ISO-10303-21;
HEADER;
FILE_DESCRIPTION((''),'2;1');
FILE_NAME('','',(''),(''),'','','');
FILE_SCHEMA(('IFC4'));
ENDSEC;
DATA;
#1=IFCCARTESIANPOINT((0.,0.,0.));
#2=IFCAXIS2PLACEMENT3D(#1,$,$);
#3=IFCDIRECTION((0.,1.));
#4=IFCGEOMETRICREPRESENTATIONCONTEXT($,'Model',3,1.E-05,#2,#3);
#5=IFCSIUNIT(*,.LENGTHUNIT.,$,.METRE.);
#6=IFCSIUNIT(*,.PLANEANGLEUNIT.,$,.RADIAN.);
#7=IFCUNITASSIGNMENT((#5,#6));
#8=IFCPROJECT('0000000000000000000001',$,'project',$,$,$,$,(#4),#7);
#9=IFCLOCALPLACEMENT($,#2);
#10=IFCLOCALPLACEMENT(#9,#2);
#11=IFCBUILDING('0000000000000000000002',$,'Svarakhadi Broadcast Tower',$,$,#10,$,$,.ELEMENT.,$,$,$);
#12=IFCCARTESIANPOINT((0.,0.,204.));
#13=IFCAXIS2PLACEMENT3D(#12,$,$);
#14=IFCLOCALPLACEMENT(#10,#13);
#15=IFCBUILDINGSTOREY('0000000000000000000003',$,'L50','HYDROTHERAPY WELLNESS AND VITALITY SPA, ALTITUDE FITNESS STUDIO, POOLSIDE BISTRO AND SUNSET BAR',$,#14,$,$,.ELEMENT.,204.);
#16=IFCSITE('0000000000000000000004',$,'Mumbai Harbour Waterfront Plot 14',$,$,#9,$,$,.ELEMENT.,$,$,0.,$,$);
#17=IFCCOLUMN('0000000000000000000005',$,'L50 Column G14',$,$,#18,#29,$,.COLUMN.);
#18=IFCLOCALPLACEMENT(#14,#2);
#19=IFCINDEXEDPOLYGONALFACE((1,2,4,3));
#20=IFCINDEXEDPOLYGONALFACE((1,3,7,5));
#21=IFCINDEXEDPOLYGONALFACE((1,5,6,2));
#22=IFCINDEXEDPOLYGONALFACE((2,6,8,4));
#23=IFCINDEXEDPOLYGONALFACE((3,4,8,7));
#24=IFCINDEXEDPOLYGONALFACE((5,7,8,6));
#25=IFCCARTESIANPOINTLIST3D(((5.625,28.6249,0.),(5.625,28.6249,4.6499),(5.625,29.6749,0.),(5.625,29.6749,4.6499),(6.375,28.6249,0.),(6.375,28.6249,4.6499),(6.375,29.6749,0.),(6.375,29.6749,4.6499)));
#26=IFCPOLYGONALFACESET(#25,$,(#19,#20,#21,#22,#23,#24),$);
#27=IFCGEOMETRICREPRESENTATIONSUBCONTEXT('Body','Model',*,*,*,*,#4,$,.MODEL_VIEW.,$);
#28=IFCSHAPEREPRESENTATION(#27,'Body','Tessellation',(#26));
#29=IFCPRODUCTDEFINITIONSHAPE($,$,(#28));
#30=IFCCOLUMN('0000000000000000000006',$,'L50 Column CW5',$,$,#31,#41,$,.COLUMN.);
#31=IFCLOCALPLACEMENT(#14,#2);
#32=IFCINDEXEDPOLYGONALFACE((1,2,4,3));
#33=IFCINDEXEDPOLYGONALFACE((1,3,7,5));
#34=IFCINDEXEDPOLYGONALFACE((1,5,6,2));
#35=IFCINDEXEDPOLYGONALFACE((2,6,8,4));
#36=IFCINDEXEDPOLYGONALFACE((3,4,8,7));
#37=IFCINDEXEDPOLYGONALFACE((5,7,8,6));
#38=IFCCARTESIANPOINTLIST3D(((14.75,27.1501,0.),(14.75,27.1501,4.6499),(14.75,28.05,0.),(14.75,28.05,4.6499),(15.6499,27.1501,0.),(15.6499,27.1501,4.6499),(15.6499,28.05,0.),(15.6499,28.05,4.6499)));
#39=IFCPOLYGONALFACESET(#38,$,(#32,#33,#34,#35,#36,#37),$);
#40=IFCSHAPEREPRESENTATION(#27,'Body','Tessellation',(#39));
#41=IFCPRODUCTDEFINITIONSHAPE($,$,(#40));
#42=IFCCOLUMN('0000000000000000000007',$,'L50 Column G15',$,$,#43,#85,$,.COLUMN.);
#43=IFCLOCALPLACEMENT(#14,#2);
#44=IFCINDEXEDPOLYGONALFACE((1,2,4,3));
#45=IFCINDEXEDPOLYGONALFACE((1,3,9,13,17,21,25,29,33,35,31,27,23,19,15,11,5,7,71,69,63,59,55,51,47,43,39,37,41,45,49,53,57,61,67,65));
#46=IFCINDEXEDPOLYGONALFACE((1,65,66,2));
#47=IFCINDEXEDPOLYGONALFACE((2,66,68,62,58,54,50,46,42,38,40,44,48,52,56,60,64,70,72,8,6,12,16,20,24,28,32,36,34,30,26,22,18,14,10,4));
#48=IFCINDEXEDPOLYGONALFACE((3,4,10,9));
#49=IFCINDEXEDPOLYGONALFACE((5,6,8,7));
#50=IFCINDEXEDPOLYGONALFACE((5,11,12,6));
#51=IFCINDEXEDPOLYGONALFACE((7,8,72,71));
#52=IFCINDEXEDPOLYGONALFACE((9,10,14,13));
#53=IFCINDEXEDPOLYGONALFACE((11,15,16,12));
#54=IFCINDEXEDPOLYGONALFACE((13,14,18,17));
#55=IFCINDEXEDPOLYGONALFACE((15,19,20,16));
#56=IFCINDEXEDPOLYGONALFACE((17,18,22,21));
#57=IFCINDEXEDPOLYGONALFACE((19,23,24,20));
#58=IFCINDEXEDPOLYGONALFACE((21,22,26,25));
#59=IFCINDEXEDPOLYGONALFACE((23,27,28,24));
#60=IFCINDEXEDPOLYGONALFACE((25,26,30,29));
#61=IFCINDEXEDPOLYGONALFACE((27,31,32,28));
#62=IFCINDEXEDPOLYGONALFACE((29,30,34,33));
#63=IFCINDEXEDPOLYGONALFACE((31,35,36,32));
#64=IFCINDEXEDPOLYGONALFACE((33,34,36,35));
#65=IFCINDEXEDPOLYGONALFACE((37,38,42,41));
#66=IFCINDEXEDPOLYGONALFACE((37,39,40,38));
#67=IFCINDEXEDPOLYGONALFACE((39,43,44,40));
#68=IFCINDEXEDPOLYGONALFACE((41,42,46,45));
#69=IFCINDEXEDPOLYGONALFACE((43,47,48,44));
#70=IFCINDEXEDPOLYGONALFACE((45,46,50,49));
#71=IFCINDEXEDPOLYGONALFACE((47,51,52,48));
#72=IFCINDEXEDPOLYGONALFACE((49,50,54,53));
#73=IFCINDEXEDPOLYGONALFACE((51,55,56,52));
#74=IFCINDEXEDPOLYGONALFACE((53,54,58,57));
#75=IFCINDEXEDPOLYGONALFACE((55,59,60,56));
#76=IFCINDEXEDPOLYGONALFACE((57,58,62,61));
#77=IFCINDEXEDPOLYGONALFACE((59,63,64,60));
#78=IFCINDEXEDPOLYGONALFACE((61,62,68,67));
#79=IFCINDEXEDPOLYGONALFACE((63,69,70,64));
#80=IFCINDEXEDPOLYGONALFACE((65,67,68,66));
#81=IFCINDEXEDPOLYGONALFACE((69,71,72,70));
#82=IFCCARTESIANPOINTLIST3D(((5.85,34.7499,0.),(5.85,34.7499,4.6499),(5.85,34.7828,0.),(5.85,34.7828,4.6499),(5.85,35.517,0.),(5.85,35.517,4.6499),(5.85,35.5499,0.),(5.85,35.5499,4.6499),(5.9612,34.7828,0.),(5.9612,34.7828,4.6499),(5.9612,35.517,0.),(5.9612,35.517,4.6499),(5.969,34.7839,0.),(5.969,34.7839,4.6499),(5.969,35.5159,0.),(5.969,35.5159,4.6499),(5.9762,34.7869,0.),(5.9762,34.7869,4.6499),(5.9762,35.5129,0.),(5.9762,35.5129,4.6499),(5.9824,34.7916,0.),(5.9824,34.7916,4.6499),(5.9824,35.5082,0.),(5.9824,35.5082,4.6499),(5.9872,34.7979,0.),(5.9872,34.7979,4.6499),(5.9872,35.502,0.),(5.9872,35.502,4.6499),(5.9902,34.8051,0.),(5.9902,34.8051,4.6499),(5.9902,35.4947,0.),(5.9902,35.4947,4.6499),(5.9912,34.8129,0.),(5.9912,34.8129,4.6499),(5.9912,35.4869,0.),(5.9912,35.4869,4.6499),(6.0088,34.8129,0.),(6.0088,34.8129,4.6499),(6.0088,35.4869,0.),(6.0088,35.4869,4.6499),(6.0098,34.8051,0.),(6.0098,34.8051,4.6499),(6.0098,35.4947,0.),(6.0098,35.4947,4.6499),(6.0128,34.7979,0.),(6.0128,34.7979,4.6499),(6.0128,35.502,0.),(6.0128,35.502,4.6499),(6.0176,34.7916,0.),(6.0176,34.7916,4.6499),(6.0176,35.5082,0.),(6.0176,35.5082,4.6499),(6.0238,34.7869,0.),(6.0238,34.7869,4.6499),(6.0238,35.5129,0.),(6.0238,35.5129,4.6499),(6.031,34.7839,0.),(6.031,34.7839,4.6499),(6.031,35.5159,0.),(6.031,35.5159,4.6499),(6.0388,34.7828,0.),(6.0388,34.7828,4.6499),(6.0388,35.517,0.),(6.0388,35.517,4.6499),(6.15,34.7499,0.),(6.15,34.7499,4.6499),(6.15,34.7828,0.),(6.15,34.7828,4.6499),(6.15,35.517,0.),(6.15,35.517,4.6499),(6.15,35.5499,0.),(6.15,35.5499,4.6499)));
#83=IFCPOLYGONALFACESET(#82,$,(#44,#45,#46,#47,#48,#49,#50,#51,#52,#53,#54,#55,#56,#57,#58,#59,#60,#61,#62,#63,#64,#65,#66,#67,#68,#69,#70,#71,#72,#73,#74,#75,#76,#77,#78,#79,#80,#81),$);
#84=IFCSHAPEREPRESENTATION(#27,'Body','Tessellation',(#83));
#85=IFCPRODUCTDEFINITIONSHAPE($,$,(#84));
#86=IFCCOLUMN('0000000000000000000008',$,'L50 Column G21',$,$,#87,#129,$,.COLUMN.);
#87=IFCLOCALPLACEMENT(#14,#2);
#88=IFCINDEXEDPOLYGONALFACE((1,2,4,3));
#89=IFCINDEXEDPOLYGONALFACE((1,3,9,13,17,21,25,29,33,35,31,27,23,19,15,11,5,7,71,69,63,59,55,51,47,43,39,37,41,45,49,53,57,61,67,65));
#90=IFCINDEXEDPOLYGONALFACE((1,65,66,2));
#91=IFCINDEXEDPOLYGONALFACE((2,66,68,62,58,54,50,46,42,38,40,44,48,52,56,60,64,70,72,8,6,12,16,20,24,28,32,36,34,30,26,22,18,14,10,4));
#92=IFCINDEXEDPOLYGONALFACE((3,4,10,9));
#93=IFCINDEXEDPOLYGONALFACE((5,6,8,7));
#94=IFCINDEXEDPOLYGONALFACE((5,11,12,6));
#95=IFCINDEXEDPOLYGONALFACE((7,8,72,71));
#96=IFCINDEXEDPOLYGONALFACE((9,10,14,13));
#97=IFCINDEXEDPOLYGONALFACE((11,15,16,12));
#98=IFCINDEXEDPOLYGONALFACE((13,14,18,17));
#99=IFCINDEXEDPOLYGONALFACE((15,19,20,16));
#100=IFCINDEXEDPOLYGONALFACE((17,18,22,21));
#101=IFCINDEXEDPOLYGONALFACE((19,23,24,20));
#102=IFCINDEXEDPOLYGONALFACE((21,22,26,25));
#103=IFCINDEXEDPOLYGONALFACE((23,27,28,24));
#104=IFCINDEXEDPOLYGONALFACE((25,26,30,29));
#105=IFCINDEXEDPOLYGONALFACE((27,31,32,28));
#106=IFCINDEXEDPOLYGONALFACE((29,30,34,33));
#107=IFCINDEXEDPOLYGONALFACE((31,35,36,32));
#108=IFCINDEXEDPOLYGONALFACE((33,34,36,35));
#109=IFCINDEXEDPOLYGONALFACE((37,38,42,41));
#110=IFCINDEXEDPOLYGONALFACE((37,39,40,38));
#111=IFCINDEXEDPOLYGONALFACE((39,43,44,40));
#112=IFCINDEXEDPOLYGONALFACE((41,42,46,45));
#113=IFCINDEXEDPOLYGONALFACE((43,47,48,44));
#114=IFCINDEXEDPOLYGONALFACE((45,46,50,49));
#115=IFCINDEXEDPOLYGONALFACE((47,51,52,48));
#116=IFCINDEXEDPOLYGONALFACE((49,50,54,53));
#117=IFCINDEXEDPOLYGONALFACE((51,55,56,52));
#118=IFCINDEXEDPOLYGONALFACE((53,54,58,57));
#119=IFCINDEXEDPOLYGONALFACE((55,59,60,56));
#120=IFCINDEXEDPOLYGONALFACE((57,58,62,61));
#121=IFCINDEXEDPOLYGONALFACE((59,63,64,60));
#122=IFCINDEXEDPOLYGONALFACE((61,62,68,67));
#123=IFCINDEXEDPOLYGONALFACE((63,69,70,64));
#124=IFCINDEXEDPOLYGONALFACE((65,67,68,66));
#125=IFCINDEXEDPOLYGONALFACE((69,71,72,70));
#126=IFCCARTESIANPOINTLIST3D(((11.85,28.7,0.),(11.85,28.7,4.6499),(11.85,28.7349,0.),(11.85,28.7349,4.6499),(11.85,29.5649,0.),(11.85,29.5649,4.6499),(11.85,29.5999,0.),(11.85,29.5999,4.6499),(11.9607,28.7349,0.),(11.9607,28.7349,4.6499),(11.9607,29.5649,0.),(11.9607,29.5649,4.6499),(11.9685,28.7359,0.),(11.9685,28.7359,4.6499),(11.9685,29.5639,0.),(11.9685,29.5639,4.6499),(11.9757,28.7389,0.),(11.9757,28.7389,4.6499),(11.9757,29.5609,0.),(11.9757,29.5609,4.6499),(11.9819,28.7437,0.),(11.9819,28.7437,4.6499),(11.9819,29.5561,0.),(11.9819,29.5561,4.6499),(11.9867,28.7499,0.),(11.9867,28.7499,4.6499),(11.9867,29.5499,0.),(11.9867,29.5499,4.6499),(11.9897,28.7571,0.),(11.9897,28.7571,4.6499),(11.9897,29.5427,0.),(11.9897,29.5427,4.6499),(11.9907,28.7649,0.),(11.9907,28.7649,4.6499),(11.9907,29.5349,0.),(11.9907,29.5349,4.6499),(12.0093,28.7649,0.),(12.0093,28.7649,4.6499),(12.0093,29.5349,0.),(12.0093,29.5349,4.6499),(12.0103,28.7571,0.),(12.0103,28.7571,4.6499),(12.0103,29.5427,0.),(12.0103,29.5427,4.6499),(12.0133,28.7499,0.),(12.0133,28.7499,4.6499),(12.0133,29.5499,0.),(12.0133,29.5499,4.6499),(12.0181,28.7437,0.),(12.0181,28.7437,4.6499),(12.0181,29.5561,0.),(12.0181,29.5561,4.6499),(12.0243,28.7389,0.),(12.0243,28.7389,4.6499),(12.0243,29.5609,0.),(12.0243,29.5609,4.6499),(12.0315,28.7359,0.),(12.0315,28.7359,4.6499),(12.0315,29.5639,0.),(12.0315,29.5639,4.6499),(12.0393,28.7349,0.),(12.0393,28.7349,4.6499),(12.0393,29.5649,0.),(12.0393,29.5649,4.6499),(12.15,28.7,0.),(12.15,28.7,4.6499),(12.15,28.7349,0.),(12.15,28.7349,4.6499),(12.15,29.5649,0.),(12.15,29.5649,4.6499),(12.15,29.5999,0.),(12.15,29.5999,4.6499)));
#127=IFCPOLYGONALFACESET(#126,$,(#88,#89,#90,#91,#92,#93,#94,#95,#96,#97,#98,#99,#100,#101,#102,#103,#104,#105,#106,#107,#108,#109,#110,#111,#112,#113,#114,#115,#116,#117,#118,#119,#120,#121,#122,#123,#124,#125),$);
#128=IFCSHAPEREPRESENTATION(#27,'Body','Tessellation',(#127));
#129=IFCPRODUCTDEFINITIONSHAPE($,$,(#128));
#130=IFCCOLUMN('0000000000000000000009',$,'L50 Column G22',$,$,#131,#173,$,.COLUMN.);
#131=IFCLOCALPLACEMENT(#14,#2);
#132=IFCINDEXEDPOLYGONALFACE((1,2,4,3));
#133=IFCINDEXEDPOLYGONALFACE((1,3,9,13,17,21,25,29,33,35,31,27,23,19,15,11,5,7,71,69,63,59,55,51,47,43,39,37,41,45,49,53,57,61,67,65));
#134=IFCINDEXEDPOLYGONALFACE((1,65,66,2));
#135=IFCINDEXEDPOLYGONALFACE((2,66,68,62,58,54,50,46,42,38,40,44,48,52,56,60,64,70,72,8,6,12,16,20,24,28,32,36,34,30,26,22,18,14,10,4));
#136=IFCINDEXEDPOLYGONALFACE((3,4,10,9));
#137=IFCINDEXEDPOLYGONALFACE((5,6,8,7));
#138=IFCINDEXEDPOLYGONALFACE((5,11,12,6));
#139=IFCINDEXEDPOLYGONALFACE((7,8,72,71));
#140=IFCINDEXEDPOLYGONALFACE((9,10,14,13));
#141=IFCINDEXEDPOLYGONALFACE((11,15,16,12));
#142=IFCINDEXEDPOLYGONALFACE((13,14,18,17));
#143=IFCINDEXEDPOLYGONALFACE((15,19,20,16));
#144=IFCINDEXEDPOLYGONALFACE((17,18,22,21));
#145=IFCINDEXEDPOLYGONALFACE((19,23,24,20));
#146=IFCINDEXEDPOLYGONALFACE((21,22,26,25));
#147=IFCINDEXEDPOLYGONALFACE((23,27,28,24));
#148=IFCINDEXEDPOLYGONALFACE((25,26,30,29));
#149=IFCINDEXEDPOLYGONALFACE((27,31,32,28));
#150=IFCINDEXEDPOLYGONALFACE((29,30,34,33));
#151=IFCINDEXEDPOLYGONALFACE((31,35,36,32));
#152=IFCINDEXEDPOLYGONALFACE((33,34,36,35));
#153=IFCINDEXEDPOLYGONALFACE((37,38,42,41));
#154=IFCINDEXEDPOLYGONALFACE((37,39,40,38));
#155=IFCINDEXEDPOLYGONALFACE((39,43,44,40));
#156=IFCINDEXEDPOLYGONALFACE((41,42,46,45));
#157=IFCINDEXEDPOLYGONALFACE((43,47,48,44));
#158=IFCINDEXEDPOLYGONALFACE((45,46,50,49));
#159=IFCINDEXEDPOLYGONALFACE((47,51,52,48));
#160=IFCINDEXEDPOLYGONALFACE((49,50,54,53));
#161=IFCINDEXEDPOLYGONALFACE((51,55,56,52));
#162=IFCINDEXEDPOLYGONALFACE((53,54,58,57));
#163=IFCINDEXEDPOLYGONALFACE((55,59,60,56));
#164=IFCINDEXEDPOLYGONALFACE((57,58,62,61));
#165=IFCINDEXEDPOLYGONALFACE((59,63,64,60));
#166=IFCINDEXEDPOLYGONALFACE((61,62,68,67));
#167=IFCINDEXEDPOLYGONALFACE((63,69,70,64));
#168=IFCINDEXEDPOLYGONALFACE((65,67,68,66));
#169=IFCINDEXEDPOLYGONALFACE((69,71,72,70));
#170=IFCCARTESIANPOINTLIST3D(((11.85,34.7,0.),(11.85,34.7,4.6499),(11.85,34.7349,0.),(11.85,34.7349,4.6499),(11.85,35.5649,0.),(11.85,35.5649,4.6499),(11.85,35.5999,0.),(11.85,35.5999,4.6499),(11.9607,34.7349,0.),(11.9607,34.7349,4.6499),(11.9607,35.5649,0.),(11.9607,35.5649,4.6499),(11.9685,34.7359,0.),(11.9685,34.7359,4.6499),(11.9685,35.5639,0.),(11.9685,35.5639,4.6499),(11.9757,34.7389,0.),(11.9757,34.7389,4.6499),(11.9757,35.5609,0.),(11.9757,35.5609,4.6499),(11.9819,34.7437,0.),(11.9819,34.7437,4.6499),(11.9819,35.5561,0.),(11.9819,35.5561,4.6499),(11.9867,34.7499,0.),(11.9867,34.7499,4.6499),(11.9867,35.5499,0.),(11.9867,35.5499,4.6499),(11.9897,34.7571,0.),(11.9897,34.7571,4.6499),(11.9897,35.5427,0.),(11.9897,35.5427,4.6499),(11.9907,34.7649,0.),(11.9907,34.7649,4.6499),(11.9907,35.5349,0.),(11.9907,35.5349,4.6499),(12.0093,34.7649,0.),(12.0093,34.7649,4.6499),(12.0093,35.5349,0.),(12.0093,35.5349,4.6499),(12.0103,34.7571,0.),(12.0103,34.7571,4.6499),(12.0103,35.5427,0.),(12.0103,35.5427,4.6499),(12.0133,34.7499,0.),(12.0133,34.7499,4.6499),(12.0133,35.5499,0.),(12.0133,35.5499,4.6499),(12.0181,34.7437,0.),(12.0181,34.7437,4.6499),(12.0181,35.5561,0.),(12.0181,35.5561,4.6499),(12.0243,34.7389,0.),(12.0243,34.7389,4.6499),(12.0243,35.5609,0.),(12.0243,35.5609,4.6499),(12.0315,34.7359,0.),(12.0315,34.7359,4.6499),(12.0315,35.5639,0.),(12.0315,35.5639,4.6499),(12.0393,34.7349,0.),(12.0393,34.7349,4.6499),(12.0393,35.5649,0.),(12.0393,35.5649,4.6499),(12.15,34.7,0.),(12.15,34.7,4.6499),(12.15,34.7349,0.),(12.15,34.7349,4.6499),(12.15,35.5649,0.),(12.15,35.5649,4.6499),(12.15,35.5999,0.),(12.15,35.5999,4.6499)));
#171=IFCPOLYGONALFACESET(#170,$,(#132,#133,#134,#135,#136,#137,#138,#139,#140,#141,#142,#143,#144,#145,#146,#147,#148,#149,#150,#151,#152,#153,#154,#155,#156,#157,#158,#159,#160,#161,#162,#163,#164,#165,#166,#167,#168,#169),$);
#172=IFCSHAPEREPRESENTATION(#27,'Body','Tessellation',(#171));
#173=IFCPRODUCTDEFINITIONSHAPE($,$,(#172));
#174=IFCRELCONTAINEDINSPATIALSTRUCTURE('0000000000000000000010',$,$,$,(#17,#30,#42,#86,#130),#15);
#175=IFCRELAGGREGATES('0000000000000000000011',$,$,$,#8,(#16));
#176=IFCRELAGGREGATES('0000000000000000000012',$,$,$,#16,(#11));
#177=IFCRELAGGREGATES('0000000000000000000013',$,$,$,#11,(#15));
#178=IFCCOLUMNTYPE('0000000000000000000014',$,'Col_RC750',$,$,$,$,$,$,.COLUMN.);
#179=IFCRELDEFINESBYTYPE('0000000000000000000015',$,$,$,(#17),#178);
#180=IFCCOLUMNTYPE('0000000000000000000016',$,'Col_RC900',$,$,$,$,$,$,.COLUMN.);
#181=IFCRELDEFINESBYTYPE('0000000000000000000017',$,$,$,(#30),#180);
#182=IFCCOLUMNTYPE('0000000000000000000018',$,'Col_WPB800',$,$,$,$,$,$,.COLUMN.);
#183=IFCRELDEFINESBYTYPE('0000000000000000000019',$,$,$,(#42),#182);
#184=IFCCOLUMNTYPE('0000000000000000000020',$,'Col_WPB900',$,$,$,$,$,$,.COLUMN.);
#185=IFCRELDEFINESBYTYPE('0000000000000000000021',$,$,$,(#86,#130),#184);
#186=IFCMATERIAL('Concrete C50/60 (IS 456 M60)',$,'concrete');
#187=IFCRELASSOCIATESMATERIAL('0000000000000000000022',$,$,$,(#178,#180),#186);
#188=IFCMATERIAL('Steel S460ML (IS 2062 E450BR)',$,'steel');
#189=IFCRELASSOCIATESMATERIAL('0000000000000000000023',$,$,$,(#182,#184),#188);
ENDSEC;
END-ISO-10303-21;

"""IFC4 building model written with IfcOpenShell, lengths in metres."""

from ifc_helpers import new_model, si_unit, direction, frame, origin, origin_2d, place, context, subcontext, project, spatial, rectangle, i_section, extrude, material, material_profile, profile_set, type_object, element, save


model = new_model("IFC4")

# Units and contexts
model_context = context("Model", 3, precision=1e-05, world=origin(), true_north=direction((0.0, 1.0)))
body_context = subcontext(model_context, "Body", "Model", "MODEL_VIEW")
ifc_project = project(units=[si_unit("LENGTHUNIT", "METRE"), si_unit("PLANEANGLEUNIT", "RADIAN")], contexts=[model_context])

# Site, building, storey
site_placement = place(None, origin())
site = spatial("IfcSite", under=ifc_project, at=site_placement, Name="Mumbai Harbour Waterfront Plot 14", CompositionType="ELEMENT", RefElevation=0.0)
building_placement = place(site_placement, origin())
building = spatial("IfcBuilding", under=site, at=building_placement, Name="Svarakhadi Broadcast Tower", CompositionType="ELEMENT")
storey_placement = place(building_placement, frame((0.0, 0.0, 204.0)))
storey = spatial("IfcBuildingStorey", under=building, at=storey_placement, Name="L50", Description="HYDROTHERAPY WELLNESS AND VITALITY SPA, ALTITUDE FITNESS STUDIO, POOLSIDE BISTRO AND SUNSET BAR", CompositionType="ELEMENT", Elevation=204.0)

# Columns
ifc_material_1 = material(Name="Concrete C50/60 (IS 456 M60)", Category="concrete")
ifc_material_profile_1 = material_profile(ifc_material_1, rectangle(XDim=0.75, YDim=1.05, at=origin_2d()), Name="RC 750x1050")
ifc_profile_set_1 = profile_set([ifc_material_profile_1], Name="Concrete C50/60 (IS 456 M60)")
column_type_1 = type_object("IfcColumnType", Name="Col_RC750", PredefinedType="COLUMN", material=ifc_profile_set_1)
column_1_placement = place(storey_placement, frame((6.0, 29.1499, 0.0), z_axis=(0.0, 0.0, 1.0), x_axis=(1.0, 0.0, 0.0)))
element("IfcColumn", 1, at=column_1_placement, inside=storey, type_object=column_type_1, Name="L50 Column G14", PredefinedType="COLUMN", context=body_context, shape_type="SweptSolid", body=[
    extrude(rectangle(XDim=0.75, YDim=1.05, at=origin_2d()), origin(), (0.0, 0.0, 1.0), 4.6499),
])
ifc_material_profile_2 = material_profile(ifc_material_1, rectangle(XDim=0.8999, YDim=0.8999, at=origin_2d()), Name="RC 900x900")
ifc_profile_set_2 = profile_set([ifc_material_profile_2], Name="Concrete C50/60 (IS 456 M60)")
column_type_2 = type_object("IfcColumnType", Name="Col_RC900", PredefinedType="COLUMN", material=ifc_profile_set_2)
column_2_placement = place(storey_placement, frame((15.2, 27.6001, 0.0), z_axis=(0.0, 0.0, 1.0), x_axis=(1.0, 0.0, 0.0)))
element("IfcColumn", 2, at=column_2_placement, inside=storey, type_object=column_type_2, Name="L50 Column CW5", PredefinedType="COLUMN", context=body_context, shape_type="SweptSolid", body=[
    extrude(rectangle(XDim=0.8999, YDim=0.8999, at=origin_2d()), origin(), (0.0, 0.0, 1.0), 4.6499),
])
ifc_material_2 = material(Name="Steel S460ML (IS 2062 E450BR)", Category="steel")
ifc_material_profile_3 = material_profile(ifc_material_2, i_section(OverallWidth=0.3, OverallDepth=0.8, WebThickness=0.0176, FlangeThickness=0.033, FilletRadius=0.03, at=origin_2d()), Name="WPB 800x300x262")
ifc_profile_set_3 = profile_set([ifc_material_profile_3], Name="Steel S460ML (IS 2062 E450BR)")
column_type_3 = type_object("IfcColumnType", Name="Col_WPB800", PredefinedType="COLUMN", material=ifc_profile_set_3)
column_3_placement = place(storey_placement, frame((6.0, 35.1499, 0.0), z_axis=(0.0, 0.0, 1.0), x_axis=(1.0, 0.0, 0.0)))
element("IfcColumn", 3, at=column_3_placement, inside=storey, type_object=column_type_3, Name="L50 Column G15", PredefinedType="COLUMN", context=body_context, shape_type="SweptSolid", body=[
    extrude(i_section(OverallWidth=0.3, OverallDepth=0.8, WebThickness=0.0176, FlangeThickness=0.033, FilletRadius=0.03, at=origin_2d()), origin(), (0.0, 0.0, 1.0), 4.6499),
])
ifc_material_profile_4 = material_profile(ifc_material_2, i_section(OverallWidth=0.3, OverallDepth=0.8999, WebThickness=0.0186, FlangeThickness=0.0349, FilletRadius=0.03, at=origin_2d()), Name="WPB 900x300x291")
ifc_profile_set_4 = profile_set([ifc_material_profile_4], Name="Steel S460ML (IS 2062 E450BR)")
column_type_4 = type_object("IfcColumnType", Name="Col_WPB900", PredefinedType="COLUMN", material=ifc_profile_set_4)
for number, where, z_axis, x_axis, name in (
    (4, (12.0, 29.1499, 0.0), (0.0, 0.0, 1.0), (1.0, 0.0, 0.0), "L50 Column G21"),
    (5, (12.0, 35.1499, 0.0), (0.0, 0.0, 1.0), (1.0, 0.0, 0.0), "L50 Column G22"),
):
    element("IfcColumn", number, at=place(storey_placement, frame(where, z_axis=z_axis, x_axis=x_axis)), inside=storey, type_object=column_type_4, Name=name, PredefinedType="COLUMN", context=body_context, shape_type="SweptSolid", body=[
        extrude(i_section(OverallWidth=0.3, OverallDepth=0.8999, WebThickness=0.0186, FlangeThickness=0.0349, FilletRadius=0.03, at=origin_2d()), origin(), (0.0, 0.0, 1.0), 4.6499),
    ])

save(model, "model.ifc")
